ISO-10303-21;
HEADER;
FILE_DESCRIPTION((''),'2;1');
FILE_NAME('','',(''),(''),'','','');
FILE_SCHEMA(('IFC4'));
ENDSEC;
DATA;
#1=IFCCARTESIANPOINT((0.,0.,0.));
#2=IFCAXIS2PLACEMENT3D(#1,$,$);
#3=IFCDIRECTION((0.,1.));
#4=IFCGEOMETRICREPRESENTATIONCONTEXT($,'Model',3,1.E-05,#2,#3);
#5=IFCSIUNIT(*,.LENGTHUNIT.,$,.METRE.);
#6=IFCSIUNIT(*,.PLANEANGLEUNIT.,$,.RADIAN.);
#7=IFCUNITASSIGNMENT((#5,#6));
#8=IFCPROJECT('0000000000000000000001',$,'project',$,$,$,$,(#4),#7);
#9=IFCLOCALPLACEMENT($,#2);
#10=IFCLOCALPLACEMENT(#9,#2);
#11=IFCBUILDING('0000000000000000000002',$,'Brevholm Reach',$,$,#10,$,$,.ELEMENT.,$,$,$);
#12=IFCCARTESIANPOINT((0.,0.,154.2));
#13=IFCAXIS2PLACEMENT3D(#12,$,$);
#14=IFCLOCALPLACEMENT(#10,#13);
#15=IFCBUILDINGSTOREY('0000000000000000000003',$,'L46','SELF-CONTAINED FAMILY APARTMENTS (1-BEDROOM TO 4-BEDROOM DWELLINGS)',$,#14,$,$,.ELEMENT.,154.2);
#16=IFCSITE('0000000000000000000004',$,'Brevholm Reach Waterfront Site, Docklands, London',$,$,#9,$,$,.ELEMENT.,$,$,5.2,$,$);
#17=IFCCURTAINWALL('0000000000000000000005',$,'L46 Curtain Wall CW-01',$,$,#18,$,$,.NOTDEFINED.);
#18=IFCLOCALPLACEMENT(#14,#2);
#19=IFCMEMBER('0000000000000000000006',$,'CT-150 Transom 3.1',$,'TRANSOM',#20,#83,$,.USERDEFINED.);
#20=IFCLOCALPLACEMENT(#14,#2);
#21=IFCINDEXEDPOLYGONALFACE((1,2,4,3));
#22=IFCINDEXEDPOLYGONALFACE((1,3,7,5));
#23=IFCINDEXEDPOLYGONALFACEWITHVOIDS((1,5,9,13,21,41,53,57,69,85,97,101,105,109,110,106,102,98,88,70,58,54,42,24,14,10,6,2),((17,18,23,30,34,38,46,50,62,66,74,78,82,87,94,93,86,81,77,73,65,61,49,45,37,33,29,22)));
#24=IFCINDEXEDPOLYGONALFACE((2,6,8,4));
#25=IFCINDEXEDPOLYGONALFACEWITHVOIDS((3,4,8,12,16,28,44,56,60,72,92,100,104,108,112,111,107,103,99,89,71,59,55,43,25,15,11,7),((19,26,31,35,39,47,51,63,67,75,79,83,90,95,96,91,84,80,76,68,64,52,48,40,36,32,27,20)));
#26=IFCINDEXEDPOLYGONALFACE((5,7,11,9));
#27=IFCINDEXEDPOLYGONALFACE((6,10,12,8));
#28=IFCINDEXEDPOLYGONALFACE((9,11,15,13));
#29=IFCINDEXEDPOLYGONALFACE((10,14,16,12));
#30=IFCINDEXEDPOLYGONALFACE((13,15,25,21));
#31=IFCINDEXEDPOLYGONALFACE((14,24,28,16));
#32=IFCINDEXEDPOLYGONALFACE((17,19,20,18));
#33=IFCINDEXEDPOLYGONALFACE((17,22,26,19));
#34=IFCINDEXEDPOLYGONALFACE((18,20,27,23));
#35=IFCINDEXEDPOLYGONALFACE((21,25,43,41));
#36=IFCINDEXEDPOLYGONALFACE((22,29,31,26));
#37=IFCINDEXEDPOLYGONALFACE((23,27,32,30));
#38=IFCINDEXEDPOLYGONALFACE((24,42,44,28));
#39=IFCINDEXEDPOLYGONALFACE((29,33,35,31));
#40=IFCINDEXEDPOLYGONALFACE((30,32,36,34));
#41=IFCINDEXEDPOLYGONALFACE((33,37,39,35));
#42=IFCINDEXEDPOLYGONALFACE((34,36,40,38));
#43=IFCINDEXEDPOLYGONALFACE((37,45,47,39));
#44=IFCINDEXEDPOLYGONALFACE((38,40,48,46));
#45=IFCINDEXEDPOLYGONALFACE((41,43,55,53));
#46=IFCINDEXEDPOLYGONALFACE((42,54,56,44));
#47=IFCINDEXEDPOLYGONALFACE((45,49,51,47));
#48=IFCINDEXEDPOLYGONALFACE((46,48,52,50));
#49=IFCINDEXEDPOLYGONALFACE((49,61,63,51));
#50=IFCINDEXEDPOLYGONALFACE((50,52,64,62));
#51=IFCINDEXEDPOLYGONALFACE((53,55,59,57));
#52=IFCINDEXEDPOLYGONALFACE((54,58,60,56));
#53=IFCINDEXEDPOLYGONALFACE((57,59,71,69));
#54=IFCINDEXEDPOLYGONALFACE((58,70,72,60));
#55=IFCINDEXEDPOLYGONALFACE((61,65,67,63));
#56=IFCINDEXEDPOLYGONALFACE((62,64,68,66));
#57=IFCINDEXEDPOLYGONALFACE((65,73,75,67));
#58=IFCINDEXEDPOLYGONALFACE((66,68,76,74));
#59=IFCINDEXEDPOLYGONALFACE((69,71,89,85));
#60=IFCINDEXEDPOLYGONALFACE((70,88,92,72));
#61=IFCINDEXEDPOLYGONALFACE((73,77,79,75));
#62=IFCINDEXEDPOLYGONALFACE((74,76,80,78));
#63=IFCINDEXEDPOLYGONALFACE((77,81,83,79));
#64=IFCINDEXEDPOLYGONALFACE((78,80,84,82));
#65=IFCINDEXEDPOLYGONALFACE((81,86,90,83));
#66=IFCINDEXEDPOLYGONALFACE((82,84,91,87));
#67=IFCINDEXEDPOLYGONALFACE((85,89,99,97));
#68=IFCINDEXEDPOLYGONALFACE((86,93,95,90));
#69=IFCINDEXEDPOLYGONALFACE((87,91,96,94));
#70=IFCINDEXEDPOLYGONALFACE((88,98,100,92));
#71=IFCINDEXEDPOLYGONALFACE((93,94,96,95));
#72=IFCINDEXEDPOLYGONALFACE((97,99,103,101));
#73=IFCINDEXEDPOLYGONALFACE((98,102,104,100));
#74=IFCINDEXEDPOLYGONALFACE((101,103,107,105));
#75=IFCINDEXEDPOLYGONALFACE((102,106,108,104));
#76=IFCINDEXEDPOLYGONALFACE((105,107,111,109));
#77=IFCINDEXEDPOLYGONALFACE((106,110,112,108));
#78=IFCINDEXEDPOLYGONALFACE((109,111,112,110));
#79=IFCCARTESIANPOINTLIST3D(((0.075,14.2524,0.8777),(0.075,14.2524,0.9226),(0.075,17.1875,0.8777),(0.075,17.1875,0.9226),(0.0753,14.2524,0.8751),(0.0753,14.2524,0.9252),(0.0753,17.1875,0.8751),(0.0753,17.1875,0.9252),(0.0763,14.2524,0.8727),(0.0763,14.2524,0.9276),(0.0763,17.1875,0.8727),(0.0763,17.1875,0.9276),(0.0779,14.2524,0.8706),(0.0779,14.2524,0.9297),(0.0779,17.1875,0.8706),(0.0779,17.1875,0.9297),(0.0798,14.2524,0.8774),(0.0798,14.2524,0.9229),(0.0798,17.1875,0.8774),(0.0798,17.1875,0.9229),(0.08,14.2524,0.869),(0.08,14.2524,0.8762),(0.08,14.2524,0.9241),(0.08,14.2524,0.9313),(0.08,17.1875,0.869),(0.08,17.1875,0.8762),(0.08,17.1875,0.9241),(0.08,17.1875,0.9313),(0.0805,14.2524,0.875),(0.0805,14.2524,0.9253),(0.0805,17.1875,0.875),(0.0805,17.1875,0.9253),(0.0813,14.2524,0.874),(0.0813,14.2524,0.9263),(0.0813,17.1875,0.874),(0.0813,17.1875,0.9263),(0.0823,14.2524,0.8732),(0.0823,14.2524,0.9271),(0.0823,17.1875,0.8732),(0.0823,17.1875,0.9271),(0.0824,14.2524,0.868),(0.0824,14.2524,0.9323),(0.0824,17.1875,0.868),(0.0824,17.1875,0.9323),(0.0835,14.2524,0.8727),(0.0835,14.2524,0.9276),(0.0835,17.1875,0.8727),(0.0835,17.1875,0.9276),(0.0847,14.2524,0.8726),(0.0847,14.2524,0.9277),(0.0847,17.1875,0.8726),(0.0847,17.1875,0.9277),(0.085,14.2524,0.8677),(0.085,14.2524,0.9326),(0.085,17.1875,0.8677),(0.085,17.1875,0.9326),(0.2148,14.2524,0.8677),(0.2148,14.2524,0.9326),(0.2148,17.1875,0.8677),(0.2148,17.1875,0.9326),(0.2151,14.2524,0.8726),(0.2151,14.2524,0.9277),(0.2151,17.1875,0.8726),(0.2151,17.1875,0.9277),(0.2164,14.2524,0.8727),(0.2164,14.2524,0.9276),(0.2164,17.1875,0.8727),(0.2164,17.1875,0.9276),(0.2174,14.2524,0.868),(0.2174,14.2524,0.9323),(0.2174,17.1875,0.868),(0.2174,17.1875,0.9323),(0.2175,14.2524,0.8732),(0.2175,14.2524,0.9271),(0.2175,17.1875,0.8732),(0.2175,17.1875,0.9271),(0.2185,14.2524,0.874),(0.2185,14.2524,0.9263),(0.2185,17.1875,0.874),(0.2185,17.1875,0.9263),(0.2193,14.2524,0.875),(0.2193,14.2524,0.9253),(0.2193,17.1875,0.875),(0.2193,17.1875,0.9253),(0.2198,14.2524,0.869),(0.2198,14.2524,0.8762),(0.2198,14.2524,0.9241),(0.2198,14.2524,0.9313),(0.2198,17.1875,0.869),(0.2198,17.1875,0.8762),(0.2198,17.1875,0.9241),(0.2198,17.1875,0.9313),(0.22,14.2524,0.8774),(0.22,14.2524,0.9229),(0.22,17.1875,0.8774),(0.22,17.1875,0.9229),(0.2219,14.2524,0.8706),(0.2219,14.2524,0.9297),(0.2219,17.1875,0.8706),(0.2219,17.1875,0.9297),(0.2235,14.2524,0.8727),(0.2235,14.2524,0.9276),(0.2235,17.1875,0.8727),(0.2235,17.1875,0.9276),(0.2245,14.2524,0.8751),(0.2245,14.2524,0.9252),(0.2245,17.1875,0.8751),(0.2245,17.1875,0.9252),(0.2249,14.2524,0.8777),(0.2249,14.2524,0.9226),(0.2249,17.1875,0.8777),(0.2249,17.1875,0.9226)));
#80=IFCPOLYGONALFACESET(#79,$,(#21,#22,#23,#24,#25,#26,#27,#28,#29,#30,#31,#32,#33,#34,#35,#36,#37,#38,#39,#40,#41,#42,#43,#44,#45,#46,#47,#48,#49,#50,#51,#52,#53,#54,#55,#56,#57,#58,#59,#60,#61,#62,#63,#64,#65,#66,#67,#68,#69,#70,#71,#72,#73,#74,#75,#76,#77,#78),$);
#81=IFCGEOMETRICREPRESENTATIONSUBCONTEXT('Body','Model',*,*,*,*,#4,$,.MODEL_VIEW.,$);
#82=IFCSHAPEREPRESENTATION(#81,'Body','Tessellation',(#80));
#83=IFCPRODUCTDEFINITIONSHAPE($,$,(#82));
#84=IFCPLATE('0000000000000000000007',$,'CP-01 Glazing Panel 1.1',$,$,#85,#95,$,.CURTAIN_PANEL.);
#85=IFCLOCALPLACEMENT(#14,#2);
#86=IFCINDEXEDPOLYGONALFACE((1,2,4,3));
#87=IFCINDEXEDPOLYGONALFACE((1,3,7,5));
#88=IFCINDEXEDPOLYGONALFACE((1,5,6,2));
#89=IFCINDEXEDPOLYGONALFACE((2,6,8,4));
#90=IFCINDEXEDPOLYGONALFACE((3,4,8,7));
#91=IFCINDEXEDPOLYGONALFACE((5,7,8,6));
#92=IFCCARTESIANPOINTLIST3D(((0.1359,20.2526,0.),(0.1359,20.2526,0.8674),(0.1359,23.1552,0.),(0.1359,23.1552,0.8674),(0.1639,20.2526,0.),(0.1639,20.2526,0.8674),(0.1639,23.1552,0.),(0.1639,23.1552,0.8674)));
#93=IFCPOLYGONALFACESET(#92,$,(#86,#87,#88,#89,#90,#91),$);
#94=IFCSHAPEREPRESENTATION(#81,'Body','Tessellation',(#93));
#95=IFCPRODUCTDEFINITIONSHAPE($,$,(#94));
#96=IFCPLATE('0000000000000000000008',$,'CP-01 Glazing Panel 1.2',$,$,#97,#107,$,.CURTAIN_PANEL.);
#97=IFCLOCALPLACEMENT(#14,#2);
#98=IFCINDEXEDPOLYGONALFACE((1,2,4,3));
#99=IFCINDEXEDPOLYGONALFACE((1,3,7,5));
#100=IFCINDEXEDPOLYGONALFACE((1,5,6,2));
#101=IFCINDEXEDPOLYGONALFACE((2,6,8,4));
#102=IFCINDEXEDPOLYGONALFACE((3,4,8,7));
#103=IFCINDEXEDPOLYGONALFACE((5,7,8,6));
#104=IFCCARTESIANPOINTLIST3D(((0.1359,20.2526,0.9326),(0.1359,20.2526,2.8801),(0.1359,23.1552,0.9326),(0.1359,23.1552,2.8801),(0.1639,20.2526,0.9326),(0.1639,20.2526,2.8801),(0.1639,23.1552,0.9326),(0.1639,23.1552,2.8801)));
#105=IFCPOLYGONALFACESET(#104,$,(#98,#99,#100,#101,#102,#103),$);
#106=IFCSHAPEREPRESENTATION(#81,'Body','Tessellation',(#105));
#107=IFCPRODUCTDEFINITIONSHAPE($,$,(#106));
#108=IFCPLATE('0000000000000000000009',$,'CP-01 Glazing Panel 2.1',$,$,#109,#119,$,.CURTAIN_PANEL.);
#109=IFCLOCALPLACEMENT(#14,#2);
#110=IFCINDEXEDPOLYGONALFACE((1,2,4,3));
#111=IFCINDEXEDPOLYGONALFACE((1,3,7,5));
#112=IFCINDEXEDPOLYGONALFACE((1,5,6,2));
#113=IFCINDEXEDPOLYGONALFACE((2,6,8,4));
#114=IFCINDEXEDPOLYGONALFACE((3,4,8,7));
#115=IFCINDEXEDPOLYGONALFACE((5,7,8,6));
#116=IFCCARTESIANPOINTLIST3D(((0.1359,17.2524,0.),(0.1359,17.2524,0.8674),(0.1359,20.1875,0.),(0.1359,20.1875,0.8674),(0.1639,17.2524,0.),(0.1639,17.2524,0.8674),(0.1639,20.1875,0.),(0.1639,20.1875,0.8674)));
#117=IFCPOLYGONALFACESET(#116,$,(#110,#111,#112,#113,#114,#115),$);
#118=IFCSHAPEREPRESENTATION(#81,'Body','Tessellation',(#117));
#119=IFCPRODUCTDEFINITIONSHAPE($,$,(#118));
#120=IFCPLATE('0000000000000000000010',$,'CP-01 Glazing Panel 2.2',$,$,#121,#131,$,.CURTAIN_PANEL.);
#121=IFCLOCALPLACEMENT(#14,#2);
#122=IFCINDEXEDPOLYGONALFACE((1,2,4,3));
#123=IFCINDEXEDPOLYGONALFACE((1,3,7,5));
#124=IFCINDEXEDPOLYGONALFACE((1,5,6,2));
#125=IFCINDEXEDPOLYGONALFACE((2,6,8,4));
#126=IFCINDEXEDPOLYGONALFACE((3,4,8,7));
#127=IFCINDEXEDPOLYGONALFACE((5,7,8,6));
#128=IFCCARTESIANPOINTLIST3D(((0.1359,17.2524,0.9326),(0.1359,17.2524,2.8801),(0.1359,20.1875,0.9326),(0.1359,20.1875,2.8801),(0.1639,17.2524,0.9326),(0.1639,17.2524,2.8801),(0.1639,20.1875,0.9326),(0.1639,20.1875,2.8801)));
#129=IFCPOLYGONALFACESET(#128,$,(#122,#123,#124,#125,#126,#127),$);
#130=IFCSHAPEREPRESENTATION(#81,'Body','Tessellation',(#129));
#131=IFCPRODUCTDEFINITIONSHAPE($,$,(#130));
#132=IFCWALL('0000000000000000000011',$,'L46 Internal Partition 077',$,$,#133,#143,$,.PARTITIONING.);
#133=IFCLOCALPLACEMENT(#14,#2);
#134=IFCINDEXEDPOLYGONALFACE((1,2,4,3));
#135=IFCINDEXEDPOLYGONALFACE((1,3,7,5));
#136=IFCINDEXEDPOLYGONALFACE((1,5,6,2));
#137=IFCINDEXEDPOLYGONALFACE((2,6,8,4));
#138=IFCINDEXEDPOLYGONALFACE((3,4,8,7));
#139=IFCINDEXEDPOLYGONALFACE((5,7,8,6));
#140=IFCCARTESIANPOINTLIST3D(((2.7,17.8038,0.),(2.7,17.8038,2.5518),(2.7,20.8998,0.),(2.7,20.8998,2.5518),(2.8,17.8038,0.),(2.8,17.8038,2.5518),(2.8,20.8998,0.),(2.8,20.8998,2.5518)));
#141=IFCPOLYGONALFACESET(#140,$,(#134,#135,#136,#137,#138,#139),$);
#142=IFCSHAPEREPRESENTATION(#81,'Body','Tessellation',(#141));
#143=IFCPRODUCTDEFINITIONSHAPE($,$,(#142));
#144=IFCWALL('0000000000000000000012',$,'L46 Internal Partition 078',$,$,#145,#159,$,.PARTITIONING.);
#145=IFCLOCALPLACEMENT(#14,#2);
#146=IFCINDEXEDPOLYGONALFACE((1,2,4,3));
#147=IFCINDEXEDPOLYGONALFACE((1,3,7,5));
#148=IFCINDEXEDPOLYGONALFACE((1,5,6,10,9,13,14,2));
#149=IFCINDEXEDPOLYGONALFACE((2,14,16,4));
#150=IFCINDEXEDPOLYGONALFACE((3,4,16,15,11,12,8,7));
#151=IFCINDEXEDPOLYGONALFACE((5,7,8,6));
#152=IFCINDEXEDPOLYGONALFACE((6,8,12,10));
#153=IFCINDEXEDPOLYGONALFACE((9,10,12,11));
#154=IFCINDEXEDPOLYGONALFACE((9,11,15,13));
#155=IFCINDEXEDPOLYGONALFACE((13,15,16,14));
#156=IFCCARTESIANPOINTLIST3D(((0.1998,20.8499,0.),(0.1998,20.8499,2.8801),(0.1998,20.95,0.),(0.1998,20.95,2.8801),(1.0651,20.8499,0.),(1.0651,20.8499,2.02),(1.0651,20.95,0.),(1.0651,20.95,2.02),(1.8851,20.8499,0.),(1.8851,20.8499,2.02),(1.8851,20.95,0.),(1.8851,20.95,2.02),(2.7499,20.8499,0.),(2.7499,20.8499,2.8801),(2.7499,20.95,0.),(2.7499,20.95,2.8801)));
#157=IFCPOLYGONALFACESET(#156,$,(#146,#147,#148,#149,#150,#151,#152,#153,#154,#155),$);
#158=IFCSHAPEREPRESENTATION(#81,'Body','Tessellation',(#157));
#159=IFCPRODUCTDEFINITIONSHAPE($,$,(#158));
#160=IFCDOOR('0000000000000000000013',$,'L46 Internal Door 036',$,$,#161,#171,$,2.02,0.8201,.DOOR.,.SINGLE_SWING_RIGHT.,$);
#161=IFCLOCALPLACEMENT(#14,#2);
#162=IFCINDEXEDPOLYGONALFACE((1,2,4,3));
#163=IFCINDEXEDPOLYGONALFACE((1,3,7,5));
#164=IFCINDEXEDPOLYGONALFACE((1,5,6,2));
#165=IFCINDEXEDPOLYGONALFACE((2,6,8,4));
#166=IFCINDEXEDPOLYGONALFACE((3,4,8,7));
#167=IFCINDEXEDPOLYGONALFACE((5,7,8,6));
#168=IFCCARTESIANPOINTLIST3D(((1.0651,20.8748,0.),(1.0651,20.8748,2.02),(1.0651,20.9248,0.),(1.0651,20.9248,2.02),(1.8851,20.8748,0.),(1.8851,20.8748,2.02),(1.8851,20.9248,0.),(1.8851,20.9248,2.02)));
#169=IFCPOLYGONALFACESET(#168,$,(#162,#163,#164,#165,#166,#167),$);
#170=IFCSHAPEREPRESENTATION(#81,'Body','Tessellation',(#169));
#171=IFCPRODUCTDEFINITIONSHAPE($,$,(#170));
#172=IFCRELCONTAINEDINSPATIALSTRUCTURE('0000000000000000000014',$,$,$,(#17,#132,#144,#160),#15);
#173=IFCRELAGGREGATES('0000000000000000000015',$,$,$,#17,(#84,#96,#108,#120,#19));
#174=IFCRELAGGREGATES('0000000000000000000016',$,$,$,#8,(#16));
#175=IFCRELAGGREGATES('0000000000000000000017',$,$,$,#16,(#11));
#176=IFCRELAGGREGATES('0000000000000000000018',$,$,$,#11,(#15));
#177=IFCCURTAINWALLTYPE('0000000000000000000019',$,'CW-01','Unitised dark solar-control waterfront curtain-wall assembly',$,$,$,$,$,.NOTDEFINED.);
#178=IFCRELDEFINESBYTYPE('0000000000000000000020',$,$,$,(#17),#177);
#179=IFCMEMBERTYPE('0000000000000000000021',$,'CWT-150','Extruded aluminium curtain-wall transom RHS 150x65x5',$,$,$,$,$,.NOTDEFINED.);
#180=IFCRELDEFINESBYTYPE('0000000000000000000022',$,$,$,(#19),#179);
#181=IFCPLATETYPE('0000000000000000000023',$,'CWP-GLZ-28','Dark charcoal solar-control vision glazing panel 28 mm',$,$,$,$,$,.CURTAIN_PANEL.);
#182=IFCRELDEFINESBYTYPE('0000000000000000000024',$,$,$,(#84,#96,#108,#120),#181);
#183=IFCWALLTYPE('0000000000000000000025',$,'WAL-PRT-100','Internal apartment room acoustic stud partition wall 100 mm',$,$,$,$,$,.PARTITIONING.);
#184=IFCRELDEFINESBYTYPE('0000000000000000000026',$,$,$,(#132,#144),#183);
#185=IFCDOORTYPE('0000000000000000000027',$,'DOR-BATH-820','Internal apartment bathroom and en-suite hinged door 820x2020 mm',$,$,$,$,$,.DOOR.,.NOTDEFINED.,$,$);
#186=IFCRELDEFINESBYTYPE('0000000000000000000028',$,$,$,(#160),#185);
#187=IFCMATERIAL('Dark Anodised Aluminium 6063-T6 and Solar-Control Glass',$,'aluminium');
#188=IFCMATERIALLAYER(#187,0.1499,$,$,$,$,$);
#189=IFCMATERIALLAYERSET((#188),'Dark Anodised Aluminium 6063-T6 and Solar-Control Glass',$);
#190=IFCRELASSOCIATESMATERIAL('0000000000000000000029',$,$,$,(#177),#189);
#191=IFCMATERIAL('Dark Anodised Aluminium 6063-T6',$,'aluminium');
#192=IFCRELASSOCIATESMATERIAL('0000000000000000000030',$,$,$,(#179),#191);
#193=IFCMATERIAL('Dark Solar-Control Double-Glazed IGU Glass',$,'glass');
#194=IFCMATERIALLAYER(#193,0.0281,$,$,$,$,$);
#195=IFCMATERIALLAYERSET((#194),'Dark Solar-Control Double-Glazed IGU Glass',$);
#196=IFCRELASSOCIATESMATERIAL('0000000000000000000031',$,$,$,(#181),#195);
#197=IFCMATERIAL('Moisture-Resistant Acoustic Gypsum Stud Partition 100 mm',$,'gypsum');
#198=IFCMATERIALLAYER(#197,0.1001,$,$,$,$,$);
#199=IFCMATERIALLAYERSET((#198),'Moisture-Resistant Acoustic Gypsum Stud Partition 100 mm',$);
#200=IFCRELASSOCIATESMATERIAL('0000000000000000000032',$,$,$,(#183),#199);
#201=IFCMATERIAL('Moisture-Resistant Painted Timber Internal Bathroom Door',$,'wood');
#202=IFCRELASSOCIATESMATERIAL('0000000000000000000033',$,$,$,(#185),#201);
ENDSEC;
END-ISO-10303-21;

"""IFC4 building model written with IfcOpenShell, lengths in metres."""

from ifc_helpers import new_model, si_unit, direction, frame, frame_2d, origin, origin_2d, place, context, subcontext, project, spatial, rectangle, hollow_rectangle, extrude, material, layer, layer_set, material_profile, profile_set, type_object, element, fill, aggregate, save


model = new_model("IFC4")

# Units and contexts
model_context = context("Model", 3, precision=1e-05, world=origin(), true_north=direction((0.0, 1.0)))
body_context = subcontext(model_context, "Body", "Model", "MODEL_VIEW")
ifc_project = project(units=[si_unit("LENGTHUNIT", "METRE"), si_unit("PLANEANGLEUNIT", "RADIAN")], contexts=[model_context])

# Site, building, storey
site_placement = place(None, origin())
site = spatial("IfcSite", under=ifc_project, at=site_placement, Name="Brevholm Reach Waterfront Site, Docklands, London", CompositionType="ELEMENT", RefElevation=5.2)
building_placement = place(site_placement, origin())
building = spatial("IfcBuilding", under=site, at=building_placement, Name="Brevholm Reach", CompositionType="ELEMENT")
storey_placement = place(building_placement, frame((0.0, 0.0, 154.2)))
storey = spatial("IfcBuildingStorey", under=building, at=storey_placement, Name="L46", Description="SELF-CONTAINED FAMILY APARTMENTS (1-BEDROOM TO 4-BEDROOM DWELLINGS)", CompositionType="ELEMENT", Elevation=154.2)

# Curtain wall, member, plates
ifc_material_1 = material(Name="Dark Anodised Aluminium 6063-T6 and Solar-Control Glass", Category="aluminium")
ifc_layer_1 = layer(ifc_material_1, 0.1499)
ifc_layer_set_1 = layer_set([ifc_layer_1], Name="Dark Anodised Aluminium 6063-T6 and Solar-Control Glass")
curtain_wall_type = type_object("IfcCurtainWallType", Name="CW-01", Description="Unitised dark solar-control waterfront curtain-wall assembly", PredefinedType="NOTDEFINED", material=ifc_layer_set_1)
curtain_wall_placement = place(storey_placement, origin())
curtain_wall = element("IfcCurtainWall", 1, at=curtain_wall_placement, inside=storey, type_object=curtain_wall_type, Name="L46 Curtain Wall CW-01", PredefinedType="NOTDEFINED")
ifc_material_2 = material(Name="Dark Anodised Aluminium 6063-T6", Category="aluminium")
ifc_material_profile_1 = material_profile(ifc_material_2, hollow_rectangle(XDim=0.0649, YDim=0.1499, WallThickness=0.0049, InnerFilletRadius=0.0049, OuterFilletRadius=0.01, at=origin_2d()), Name="RHS 150x65x5")
ifc_profile_set_1 = profile_set([ifc_material_profile_1], Name="Dark Anodised Aluminium 6063-T6")
member_type_1 = type_object("IfcMemberType", Name="CWT-150", Description="Extruded aluminium curtain-wall transom RHS 150x65x5", PredefinedType="NOTDEFINED", material=ifc_profile_set_1)
member_1_placement = place(storey_placement, frame((0.1499, 17.1875, 0.9001), z_axis=(0.0, -1.0, 0.0), x_axis=(0.0, 0.0, 1.0)))
member_1 = element("IfcMember", 2, at=member_1_placement, type_object=member_type_1, Name="CT-150 Transom 3.1", ObjectType="TRANSOM", PredefinedType="USERDEFINED", context=body_context, shape_type="SweptSolid", body=[
    extrude(hollow_rectangle(XDim=0.0649, YDim=0.1499, WallThickness=0.0049, InnerFilletRadius=0.0049, OuterFilletRadius=0.01, at=origin_2d()), origin(), (0.0, 0.0, 1.0), 2.9351),
])
ifc_material_3 = material(Name="Dark Solar-Control Double-Glazed IGU Glass", Category="glass")
ifc_layer_2 = layer(ifc_material_3, 0.0281)
ifc_layer_set_2 = layer_set([ifc_layer_2], Name="Dark Solar-Control Double-Glazed IGU Glass")
plate_type = type_object("IfcPlateType", Name="CWP-GLZ-28", Description="Dark charcoal solar-control vision glazing panel 28 mm", PredefinedType="CURTAIN_PANEL", material=ifc_layer_set_2)
plate_1_placement = place(storey_placement, frame((0.1499, 21.7039, 0.0), z_axis=(0.0, 0.0, 1.0), x_axis=(0.0, -1.0, 0.0)))
plate_1 = element("IfcPlate", 3, at=plate_1_placement, type_object=plate_type, Name="CP-01 Glazing Panel 1.1", PredefinedType="CURTAIN_PANEL", context=body_context, shape_type="SweptSolid", body=[
    extrude(rectangle(XDim=2.9026, YDim=0.0281, at=origin_2d()), origin(), (0.0, 0.0, 1.0), 0.8674),
])
plate_2_placement = place(storey_placement, frame((0.1499, 21.7039, 0.9326), z_axis=(0.0, 0.0, 1.0), x_axis=(0.0, -1.0, 0.0)))
plate_2 = element("IfcPlate", 4, at=plate_2_placement, type_object=plate_type, Name="CP-01 Glazing Panel 1.2", PredefinedType="CURTAIN_PANEL", context=body_context, shape_type="SweptSolid", body=[
    extrude(rectangle(XDim=2.9026, YDim=0.0281, at=origin_2d()), origin(), (0.0, 0.0, 1.0), 1.9475),
])
plate_3_placement = place(storey_placement, frame((0.1499, 18.72, 0.0), z_axis=(0.0, 0.0, 1.0), x_axis=(0.0, -1.0, 0.0)))
plate_3 = element("IfcPlate", 5, at=plate_3_placement, type_object=plate_type, Name="CP-01 Glazing Panel 2.1", PredefinedType="CURTAIN_PANEL", context=body_context, shape_type="SweptSolid", body=[
    extrude(rectangle(XDim=2.9351, YDim=0.0281, at=origin_2d()), origin(), (0.0, 0.0, 1.0), 0.8674),
])
plate_4_placement = place(storey_placement, frame((0.1499, 18.72, 0.9326), z_axis=(0.0, 0.0, 1.0), x_axis=(0.0, -1.0, 0.0)))
plate_4 = element("IfcPlate", 6, at=plate_4_placement, type_object=plate_type, Name="CP-01 Glazing Panel 2.2", PredefinedType="CURTAIN_PANEL", context=body_context, shape_type="SweptSolid", body=[
    extrude(rectangle(XDim=2.9351, YDim=0.0281, at=origin_2d()), origin(), (0.0, 0.0, 1.0), 1.9475),
])
aggregate(curtain_wall, [plate_1, plate_2, plate_3, plate_4, member_1])

# Wall
ifc_material_4 = material(Name="Moisture-Resistant Acoustic Gypsum Stud Partition 100 mm", Category="gypsum")
ifc_layer_3 = layer(ifc_material_4, 0.1001)
ifc_layer_set_3 = layer_set([ifc_layer_3], Name="Moisture-Resistant Acoustic Gypsum Stud Partition 100 mm")
wall_type_1 = type_object("IfcWallType", Name="WAL-PRT-100", Description="Internal apartment room acoustic stud partition wall 100 mm", PredefinedType="PARTITIONING", material=ifc_layer_set_3)
wall_1_placement = place(storey_placement, frame((2.75, 17.804, 0.0), z_axis=(0.0, 0.0, 1.0), x_axis=(0.0, 1.0, 0.0)))
element("IfcWall", 7, at=wall_1_placement, inside=storey, type_object=wall_type_1, Name="L46 Internal Partition 077", PredefinedType="PARTITIONING", context=body_context, shape_type="SweptSolid", body=[
    extrude(rectangle(XDim=3.0959, YDim=0.1001, at=frame_2d((1.5479, 0.0))), origin(), (0.0, 0.0, 1.0), 2.5518),
])

# Wall, opening, door
wall_2_placement = place(storey_placement, frame((0.2, 20.8999, 0.0), z_axis=(0.0, 0.0, 1.0), x_axis=(1.0, 0.0, 0.0)))
wall_2 = element("IfcWall", 8, at=wall_2_placement, inside=storey, type_object=wall_type_1, Name="L46 Internal Partition 078", PredefinedType="PARTITIONING", context=body_context, shape_type="SweptSolid", body=[
    extrude(rectangle(XDim=2.55, YDim=0.1001, at=frame_2d((1.2749, 0.0))), origin(), (0.0, 0.0, 1.0), 2.8801),
])
opening_1_placement = place(wall_2_placement, frame((0.865, 0.0, 0.0)))
opening_1 = element("IfcOpeningElement", 9, at=opening_1_placement, cuts=wall_2, PredefinedType="OPENING", context=body_context, shape_type="SweptSolid", body=[
    extrude(rectangle(XDim=0.8201, YDim=2.02, at=frame_2d((0.4102, 1.01))), frame((0.0, 0.0601, 0.0), z_axis=(0.0, -1.0, 0.0), x_axis=(1.0, 0.0, 0.0)), (0.0, 0.0, 1.0), 0.1201),
])
ifc_material_5 = material(Name="Moisture-Resistant Painted Timber Internal Bathroom Door", Category="wood")
door_type_1 = type_object("IfcDoorType", Name="DOR-BATH-820", Description="Internal apartment bathroom and en-suite hinged door 820x2020 mm", OperationType="NOTDEFINED", PredefinedType="DOOR", material=ifc_material_5)
door_1_placement = place(opening_1_placement, origin())
door_1 = element("IfcDoor", 10, at=door_1_placement, inside=storey, type_object=door_type_1, Name="L46 Internal Door 036", OperationType="SINGLE_SWING_RIGHT", OverallHeight=2.02, OverallWidth=0.8201, PredefinedType="DOOR", context=body_context, shape_type="SweptSolid", body=[
    extrude(rectangle(XDim=0.8201, YDim=2.02, at=frame_2d((0.4102, 1.01))), frame((0.0, 0.0249, 0.0), z_axis=(0.0, -1.0, 0.0), x_axis=(1.0, 0.0, 0.0)), (0.0, 0.0, 1.0), 0.05),
])
fill(opening_1, door_1)

save(model, "model.ifc")
